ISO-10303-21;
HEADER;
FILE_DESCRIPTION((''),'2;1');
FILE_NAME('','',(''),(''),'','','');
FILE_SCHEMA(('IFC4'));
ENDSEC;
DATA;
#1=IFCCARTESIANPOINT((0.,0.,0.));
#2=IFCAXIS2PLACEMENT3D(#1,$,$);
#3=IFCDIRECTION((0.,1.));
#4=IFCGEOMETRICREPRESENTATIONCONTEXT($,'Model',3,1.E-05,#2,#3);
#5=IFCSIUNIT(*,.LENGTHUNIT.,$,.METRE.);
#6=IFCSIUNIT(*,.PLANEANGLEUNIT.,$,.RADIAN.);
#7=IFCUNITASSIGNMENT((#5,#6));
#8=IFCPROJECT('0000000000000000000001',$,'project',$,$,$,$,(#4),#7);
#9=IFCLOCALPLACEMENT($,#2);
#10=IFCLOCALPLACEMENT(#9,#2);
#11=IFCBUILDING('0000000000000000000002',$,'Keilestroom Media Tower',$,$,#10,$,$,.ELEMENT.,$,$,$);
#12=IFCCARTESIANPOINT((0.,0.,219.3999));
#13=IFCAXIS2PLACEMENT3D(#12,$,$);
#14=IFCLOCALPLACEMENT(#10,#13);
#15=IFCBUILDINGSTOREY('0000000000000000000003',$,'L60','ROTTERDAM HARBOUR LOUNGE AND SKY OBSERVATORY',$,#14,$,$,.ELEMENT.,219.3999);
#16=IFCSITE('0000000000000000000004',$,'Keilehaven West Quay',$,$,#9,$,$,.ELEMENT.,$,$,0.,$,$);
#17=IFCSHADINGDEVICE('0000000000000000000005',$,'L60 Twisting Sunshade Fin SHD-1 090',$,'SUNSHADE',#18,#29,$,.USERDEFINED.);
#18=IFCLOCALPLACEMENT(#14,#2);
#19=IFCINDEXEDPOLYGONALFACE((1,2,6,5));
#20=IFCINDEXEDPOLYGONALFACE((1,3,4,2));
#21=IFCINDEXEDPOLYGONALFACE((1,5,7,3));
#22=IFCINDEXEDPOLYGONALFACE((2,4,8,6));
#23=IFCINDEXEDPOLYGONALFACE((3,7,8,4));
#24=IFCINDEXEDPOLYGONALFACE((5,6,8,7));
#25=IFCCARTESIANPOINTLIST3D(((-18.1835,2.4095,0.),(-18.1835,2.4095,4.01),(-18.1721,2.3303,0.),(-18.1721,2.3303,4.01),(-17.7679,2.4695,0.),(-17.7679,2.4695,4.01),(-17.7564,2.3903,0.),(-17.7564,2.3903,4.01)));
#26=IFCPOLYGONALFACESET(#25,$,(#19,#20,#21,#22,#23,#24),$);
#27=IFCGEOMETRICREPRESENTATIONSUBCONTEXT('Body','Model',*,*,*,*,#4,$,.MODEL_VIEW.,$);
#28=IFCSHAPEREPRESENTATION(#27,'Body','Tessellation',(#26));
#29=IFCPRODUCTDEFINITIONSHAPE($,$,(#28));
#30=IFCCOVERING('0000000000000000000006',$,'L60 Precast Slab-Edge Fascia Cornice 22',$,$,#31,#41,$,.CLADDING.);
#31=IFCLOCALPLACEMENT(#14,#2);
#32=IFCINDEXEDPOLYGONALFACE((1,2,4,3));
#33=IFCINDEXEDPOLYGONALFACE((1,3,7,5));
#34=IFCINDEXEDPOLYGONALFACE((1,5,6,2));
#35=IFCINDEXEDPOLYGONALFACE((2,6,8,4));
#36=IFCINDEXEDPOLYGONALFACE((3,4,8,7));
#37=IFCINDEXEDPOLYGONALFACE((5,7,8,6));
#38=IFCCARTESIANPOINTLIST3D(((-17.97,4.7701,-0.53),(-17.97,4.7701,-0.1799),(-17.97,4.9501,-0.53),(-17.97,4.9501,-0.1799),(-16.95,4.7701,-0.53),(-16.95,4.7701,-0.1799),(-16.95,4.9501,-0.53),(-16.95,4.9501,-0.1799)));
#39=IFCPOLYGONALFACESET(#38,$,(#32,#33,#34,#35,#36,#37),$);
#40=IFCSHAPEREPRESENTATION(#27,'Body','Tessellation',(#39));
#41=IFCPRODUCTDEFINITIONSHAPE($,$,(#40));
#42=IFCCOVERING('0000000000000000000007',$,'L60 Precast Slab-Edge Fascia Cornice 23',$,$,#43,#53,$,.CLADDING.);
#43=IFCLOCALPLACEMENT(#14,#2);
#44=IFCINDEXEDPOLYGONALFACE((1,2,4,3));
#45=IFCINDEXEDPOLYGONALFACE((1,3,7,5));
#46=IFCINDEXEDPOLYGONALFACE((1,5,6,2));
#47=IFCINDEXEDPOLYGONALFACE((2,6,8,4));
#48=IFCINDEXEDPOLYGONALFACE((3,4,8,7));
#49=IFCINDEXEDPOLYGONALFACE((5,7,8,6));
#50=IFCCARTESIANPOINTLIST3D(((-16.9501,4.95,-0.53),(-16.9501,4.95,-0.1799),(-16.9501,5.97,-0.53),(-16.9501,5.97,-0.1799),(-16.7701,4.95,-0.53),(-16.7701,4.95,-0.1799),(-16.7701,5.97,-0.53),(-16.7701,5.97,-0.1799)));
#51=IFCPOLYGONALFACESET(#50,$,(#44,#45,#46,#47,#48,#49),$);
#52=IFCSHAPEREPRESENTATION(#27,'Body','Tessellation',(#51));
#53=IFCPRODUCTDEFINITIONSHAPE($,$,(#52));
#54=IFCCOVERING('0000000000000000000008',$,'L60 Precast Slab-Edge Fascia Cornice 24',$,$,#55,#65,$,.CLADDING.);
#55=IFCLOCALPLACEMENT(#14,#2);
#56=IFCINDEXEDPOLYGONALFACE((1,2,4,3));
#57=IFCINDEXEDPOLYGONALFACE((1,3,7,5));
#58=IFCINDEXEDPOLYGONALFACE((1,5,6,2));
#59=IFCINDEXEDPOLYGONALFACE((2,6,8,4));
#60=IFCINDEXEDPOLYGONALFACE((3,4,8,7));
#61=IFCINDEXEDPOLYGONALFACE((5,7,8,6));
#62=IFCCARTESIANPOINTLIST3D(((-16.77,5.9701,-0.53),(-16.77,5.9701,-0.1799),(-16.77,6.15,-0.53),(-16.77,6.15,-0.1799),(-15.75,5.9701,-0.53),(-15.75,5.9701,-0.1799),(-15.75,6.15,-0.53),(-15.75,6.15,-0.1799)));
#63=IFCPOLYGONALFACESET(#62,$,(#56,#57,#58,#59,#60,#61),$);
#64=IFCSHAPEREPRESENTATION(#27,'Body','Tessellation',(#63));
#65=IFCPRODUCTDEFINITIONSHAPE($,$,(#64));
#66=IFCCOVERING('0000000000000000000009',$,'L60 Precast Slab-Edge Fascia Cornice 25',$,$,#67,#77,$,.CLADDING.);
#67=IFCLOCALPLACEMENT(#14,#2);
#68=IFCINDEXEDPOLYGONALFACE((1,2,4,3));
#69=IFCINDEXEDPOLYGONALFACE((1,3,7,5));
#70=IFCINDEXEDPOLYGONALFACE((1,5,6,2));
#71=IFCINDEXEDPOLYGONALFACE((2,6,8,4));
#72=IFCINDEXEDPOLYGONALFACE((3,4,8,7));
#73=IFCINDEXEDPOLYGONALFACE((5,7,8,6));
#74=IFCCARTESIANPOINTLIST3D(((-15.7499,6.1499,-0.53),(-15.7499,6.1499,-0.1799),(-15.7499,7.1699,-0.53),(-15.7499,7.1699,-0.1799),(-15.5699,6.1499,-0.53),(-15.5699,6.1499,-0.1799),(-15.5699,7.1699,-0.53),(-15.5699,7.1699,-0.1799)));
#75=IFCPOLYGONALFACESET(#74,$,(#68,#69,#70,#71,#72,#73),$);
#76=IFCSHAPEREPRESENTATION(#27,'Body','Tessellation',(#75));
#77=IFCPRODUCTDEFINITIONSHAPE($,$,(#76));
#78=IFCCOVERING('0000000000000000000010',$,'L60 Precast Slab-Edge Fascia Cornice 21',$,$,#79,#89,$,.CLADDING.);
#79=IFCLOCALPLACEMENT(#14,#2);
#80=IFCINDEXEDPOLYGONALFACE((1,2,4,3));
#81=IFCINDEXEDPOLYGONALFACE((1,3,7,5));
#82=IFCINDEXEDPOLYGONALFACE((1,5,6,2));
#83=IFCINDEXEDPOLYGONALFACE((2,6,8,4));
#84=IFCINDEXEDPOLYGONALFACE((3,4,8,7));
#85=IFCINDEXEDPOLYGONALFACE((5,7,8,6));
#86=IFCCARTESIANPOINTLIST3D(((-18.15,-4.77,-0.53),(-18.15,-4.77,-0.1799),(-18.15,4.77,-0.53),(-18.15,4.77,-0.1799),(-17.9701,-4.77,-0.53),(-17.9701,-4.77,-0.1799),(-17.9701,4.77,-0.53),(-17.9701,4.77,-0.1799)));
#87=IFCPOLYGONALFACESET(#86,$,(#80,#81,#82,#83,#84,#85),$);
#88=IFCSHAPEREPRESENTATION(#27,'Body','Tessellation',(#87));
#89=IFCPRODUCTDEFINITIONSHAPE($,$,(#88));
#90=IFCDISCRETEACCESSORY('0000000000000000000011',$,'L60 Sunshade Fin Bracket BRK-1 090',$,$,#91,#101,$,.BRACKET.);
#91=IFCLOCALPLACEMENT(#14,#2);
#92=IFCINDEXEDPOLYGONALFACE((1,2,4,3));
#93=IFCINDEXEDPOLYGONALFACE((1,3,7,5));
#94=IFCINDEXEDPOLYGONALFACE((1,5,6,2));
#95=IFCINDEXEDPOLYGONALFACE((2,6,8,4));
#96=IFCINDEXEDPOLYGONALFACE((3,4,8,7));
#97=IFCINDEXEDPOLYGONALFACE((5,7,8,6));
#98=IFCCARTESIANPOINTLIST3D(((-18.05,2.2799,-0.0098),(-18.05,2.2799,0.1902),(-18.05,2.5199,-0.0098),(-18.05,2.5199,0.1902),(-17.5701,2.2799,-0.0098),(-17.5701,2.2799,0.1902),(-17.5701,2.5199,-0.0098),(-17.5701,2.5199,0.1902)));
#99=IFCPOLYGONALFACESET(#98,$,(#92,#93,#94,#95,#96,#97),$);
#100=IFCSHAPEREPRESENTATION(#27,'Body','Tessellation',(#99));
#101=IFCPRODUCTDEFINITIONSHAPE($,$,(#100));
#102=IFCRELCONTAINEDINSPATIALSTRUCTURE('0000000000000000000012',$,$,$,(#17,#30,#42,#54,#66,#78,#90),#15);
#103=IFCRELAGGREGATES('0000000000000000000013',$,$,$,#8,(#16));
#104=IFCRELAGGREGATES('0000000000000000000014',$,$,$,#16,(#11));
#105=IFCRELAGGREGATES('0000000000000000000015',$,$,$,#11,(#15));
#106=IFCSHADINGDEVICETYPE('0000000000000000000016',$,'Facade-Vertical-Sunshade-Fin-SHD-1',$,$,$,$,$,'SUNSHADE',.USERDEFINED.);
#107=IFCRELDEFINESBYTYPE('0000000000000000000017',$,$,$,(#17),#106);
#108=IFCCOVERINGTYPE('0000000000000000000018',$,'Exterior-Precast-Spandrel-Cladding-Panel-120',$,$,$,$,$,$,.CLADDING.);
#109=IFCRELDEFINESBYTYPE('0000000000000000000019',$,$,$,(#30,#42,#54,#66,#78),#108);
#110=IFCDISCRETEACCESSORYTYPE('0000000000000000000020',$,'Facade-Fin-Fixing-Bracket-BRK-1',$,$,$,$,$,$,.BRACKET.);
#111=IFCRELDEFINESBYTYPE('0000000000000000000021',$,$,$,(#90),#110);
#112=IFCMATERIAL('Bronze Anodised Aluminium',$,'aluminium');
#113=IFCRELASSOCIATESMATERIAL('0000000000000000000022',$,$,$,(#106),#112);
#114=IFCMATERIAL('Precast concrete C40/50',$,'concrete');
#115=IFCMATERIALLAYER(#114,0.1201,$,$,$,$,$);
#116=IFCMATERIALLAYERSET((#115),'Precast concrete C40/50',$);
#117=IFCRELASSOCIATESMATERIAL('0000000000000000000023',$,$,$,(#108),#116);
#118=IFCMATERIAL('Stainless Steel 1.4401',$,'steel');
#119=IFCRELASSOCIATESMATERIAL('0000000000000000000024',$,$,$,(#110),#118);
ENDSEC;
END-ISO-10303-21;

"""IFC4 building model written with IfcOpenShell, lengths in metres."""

from ifc_helpers import new_model, si_unit, direction, frame, origin, origin_2d, place, context, subcontext, project, spatial, rectangle, extrude, source, transform, mapped, material, layer, layer_set, type_object, element, save


model = new_model("IFC4")

# Units and contexts
model_context = context("Model", 3, precision=1e-05, world=origin(), true_north=direction((0.0, 1.0)))
body_context = subcontext(model_context, "Body", "Model", "MODEL_VIEW")
ifc_project = project(units=[si_unit("LENGTHUNIT", "METRE"), si_unit("PLANEANGLEUNIT", "RADIAN")], contexts=[model_context])

# Site, building, storey
site_placement = place(None, origin())
site = spatial("IfcSite", under=ifc_project, at=site_placement, Name="Keilehaven West Quay", CompositionType="ELEMENT", RefElevation=0.0)
building_placement = place(site_placement, origin())
building = spatial("IfcBuilding", under=site, at=building_placement, Name="Keilestroom Media Tower", CompositionType="ELEMENT")
storey_placement = place(building_placement, frame((0.0, 0.0, 219.3999)))
storey = spatial("IfcBuildingStorey", under=building, at=storey_placement, Name="L60", Description="ROTTERDAM HARBOUR LOUNGE AND SKY OBSERVATORY", CompositionType="ELEMENT", Elevation=219.3999)

# Shared definitions
ifc_material_1 = material(Name="Precast concrete C40/50", Category="concrete")

# Shading device
ifc_material_2 = material(Name="Bronze Anodised Aluminium", Category="aluminium")
shading_device_type = type_object("IfcShadingDeviceType", Name="Facade-Vertical-Sunshade-Fin-SHD-1", ElementType="SUNSHADE", PredefinedType="USERDEFINED", material=ifc_material_2)
shared_shape_1 = source(origin(), body_context, "Body", "SweptSolid", [
    extrude(rectangle(XDim=0.4199, YDim=0.0801, at=origin_2d()), origin(), (0.0, 0.0, 1.0), 4.01),
])
shading_device_placement = place(storey_placement, frame((-17.97, 2.3999, 0.0), z_axis=(0.0, 0.0, 1.0), x_axis=(0.989751, 0.142802, 0.0)))
element("IfcShadingDevice", 1, at=shading_device_placement, inside=storey, type_object=shading_device_type, Name="L60 Twisting Sunshade Fin SHD-1 090", ObjectType="SUNSHADE", PredefinedType="USERDEFINED", context=body_context, shape_type="MappedRepresentation", body=[
    mapped(shared_shape_1, transform((0.0, 0.0, 0.0), x_axis=(1.0, 0.0, 0.0), y_axis=(0.0, 1.0, 0.0), z_axis=(0.0, 0.0, 1.0), scale=1.0)),
])

# Coverings
ifc_layer_1 = layer(ifc_material_1, 0.1201)
ifc_layer_set_1 = layer_set([ifc_layer_1], Name="Precast concrete C40/50")
covering_type = type_object("IfcCoveringType", Name="Exterior-Precast-Spandrel-Cladding-Panel-120", PredefinedType="CLADDING", material=ifc_layer_set_1)
shared_shape_2 = source(origin(), body_context, "Body", "SweptSolid", [
    extrude(rectangle(XDim=1.02, YDim=0.1799, at=origin_2d()), origin(), (0.0, 0.0, 1.0), 0.3501),
])
for number, where, z_axis, x_axis, name in (
    (2, (-17.46, 4.8601, -0.53), (0.0, 0.0, 1.0), (1.0, 0.0, 0.0), "L60 Precast Slab-Edge Fascia Cornice 22"),
    (3, (-16.8601, 5.46, -0.53), (0.0, 0.0, 1.0), (0.0, 1.0, 0.0), "L60 Precast Slab-Edge Fascia Cornice 23"),
    (4, (-16.26, 6.0601, -0.53), (0.0, 0.0, 1.0), (1.0, 0.0, 0.0), "L60 Precast Slab-Edge Fascia Cornice 24"),
    (5, (-15.6599, 6.6599, -0.53), (0.0, 0.0, 1.0), (0.0, 1.0, 0.0), "L60 Precast Slab-Edge Fascia Cornice 25"),
):
    element("IfcCovering", number, at=place(storey_placement, frame(where, z_axis=z_axis, x_axis=x_axis)), inside=storey, type_object=covering_type, Name=name, PredefinedType="CLADDING", context=body_context, shape_type="MappedRepresentation", body=[
        mapped(shared_shape_2, transform((0.0, 0.0, 0.0), x_axis=(1.0, 0.0, 0.0), y_axis=(0.0, 1.0, 0.0), z_axis=(0.0, 0.0, 1.0), scale=1.0)),
    ])
shared_shape_3 = source(origin(), body_context, "Body", "SweptSolid", [
    extrude(rectangle(XDim=9.54, YDim=0.1799, at=origin_2d()), origin(), (0.0, 0.0, 1.0), 0.3501),
])
covering_placement = place(storey_placement, frame((-18.0601, 0.0, -0.53), z_axis=(0.0, 0.0, 1.0), x_axis=(0.0, 1.0, 0.0)))
element("IfcCovering", 6, at=covering_placement, inside=storey, type_object=covering_type, Name="L60 Precast Slab-Edge Fascia Cornice 21", PredefinedType="CLADDING", context=body_context, shape_type="MappedRepresentation", body=[
    mapped(shared_shape_3, transform((0.0, 0.0, 0.0), x_axis=(1.0, 0.0, 0.0), y_axis=(0.0, 1.0, 0.0), z_axis=(0.0, 0.0, 1.0), scale=1.0)),
])

# Discrete accessory
ifc_material_3 = material(Name="Stainless Steel 1.4401", Category="steel")
discrete_accessory_type = type_object("IfcDiscreteAccessoryType", Name="Facade-Fin-Fixing-Bracket-BRK-1", PredefinedType="BRACKET", material=ifc_material_3)
shared_shape_4 = source(origin(), body_context, "Body", "SweptSolid", [
    extrude(rectangle(XDim=0.48, YDim=0.24, at=origin_2d()), origin(), (0.0, 0.0, 1.0), 0.2),
])
discrete_accessory_placement = place(storey_placement, frame((-17.8101, 2.3999, -0.0098), z_axis=(0.0, 0.0, 1.0), x_axis=(1.0, 0.0, 0.0)))
element("IfcDiscreteAccessory", 7, at=discrete_accessory_placement, inside=storey, type_object=discrete_accessory_type, Name="L60 Sunshade Fin Bracket BRK-1 090", PredefinedType="BRACKET", context=body_context, shape_type="MappedRepresentation", body=[
    mapped(shared_shape_4, transform((0.0, 0.0, 0.0), x_axis=(1.0, 0.0, 0.0), y_axis=(0.0, 1.0, 0.0), z_axis=(0.0, 0.0, 1.0), scale=1.0)),
])

save(model, "model.ifc")
